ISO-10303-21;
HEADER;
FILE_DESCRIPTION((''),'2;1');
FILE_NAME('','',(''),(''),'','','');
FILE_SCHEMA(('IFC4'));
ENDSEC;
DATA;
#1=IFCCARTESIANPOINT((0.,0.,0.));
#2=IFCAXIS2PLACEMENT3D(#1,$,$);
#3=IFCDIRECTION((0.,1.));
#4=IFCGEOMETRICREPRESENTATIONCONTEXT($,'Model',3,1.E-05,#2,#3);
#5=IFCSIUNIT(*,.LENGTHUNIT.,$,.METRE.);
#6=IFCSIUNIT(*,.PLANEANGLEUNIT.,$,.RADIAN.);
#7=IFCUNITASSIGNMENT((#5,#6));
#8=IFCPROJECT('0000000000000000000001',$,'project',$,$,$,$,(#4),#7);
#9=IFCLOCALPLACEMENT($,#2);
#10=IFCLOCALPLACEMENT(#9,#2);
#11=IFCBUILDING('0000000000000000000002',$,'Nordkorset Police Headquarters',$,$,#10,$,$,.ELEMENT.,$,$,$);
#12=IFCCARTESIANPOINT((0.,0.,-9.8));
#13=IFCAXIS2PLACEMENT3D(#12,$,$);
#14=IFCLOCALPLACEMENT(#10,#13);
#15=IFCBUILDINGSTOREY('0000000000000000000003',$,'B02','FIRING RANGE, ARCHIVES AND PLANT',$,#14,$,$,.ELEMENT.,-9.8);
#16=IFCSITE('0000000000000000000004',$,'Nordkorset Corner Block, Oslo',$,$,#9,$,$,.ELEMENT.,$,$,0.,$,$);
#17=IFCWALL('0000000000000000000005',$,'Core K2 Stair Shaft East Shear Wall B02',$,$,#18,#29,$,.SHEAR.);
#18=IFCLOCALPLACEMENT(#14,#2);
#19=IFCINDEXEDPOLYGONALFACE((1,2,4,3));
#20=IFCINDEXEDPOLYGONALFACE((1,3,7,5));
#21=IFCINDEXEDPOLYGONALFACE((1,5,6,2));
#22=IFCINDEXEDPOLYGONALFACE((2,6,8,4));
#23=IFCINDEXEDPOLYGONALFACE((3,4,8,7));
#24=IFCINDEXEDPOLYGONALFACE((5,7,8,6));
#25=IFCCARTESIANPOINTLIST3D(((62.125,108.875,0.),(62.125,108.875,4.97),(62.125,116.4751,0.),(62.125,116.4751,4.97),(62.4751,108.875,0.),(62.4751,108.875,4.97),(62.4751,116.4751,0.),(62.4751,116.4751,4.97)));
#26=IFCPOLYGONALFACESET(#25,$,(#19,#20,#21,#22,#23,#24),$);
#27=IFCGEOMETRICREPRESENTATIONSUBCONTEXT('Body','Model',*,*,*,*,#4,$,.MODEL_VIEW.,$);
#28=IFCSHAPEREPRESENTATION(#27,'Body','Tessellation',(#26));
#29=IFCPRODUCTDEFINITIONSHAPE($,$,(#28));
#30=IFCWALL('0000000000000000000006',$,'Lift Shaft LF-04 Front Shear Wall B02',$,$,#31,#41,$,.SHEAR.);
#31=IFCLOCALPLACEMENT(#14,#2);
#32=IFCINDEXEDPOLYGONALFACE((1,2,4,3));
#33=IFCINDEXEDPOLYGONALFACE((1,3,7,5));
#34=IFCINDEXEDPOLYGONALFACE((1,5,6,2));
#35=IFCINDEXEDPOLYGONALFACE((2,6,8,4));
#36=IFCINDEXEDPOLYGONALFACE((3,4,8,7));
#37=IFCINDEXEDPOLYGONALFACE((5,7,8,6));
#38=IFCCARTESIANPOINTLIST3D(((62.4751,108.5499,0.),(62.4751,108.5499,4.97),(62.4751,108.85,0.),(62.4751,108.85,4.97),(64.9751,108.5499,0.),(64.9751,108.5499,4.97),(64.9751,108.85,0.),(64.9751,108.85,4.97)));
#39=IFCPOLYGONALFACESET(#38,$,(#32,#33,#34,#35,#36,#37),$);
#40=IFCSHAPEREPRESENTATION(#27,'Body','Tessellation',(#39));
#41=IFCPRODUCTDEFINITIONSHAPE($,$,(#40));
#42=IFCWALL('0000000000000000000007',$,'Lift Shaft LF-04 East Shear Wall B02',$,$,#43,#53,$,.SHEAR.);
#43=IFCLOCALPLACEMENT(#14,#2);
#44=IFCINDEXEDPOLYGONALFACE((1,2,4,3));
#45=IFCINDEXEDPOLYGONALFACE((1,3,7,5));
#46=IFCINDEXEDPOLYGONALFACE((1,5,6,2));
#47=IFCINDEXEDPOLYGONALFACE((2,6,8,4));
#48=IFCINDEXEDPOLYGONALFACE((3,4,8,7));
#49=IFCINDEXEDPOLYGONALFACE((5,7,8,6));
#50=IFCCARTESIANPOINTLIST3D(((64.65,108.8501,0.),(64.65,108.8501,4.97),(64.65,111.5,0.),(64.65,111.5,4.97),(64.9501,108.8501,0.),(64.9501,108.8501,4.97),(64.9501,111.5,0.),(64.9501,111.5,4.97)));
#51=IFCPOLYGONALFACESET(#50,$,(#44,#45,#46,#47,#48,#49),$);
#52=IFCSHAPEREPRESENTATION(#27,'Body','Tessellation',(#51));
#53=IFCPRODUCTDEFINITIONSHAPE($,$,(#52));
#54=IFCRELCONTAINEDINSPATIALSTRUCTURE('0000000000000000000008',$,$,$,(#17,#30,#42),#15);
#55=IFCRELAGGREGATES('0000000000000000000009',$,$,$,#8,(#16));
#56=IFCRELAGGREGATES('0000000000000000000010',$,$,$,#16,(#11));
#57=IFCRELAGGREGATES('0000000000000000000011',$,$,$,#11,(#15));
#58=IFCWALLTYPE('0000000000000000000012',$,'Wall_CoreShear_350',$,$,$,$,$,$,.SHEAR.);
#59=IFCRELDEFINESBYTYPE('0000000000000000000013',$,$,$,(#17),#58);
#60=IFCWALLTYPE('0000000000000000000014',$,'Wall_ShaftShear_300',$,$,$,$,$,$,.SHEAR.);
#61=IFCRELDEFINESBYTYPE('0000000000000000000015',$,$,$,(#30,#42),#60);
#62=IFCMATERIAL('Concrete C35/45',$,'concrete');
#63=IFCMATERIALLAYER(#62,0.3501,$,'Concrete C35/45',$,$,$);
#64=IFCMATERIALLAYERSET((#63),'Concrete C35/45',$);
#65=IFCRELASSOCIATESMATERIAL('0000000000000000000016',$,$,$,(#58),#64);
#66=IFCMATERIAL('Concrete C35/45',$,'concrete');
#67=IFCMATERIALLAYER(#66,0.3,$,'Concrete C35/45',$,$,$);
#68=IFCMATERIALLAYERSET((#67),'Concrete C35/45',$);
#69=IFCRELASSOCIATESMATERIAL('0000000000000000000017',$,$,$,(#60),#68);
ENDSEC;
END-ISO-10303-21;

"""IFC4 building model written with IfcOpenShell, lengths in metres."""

from ifc_helpers import new_model, si_unit, direction, frame, frame_2d, origin, place, context, subcontext, project, spatial, rectangle, extrude, material, layer, layer_set, type_object, element, save


model = new_model("IFC4")

# Units and contexts
model_context = context("Model", 3, precision=1e-05, world=origin(), true_north=direction((0.0, 1.0)))
body_context = subcontext(model_context, "Body", "Model", "MODEL_VIEW")
ifc_project = project(units=[si_unit("LENGTHUNIT", "METRE"), si_unit("PLANEANGLEUNIT", "RADIAN")], contexts=[model_context])

# Site, building, storey
site_placement = place(None, origin())
site = spatial("IfcSite", under=ifc_project, at=site_placement, Name="Nordkorset Corner Block, Oslo", CompositionType="ELEMENT", RefElevation=0.0)
building_placement = place(site_placement, origin())
building = spatial("IfcBuilding", under=site, at=building_placement, Name="Nordkorset Police Headquarters", CompositionType="ELEMENT")
storey_placement = place(building_placement, frame((0.0, 0.0, -9.8)))
storey = spatial("IfcBuildingStorey", under=building, at=storey_placement, Name="B02", Description="FIRING RANGE, ARCHIVES AND PLANT", CompositionType="ELEMENT", Elevation=-9.8)

# Walls
ifc_material_1 = material(Name="Concrete C35/45", Category="concrete")
ifc_layer_1 = layer(ifc_material_1, 0.3501, Name="Concrete C35/45")
ifc_layer_set_1 = layer_set([ifc_layer_1], Name="Concrete C35/45")
wall_type_1 = type_object("IfcWallType", Name="Wall_CoreShear_350", PredefinedType="SHEAR", material=ifc_layer_set_1)
for number, where, z_axis, x_axis, name in (
    (1, (62.3, 108.875, 0.0), (0.0, 0.0, 1.0), (0.0, 1.0, 0.0), "Core K2 Stair Shaft East Shear Wall B02"),
):
    element("IfcWall", number, at=place(storey_placement, frame(where, z_axis=z_axis, x_axis=x_axis)), inside=storey, type_object=wall_type_1, Name=name, PredefinedType="SHEAR", context=body_context, shape_type="SweptSolid", body=[
        extrude(rectangle(XDim=7.6001, YDim=0.3501, at=frame_2d((3.8, 0.0))), origin(), (0.0, 0.0, 1.0), 4.97),
    ])
ifc_material_2 = material(Name="Concrete C35/45", Category="concrete")
ifc_layer_2 = layer(ifc_material_2, 0.3, Name="Concrete C35/45")
ifc_layer_set_2 = layer_set([ifc_layer_2], Name="Concrete C35/45")
wall_type_2 = type_object("IfcWallType", Name="Wall_ShaftShear_300", PredefinedType="SHEAR", material=ifc_layer_set_2)
wall_1_placement = place(storey_placement, frame((62.4751, 108.7, 0.0), z_axis=(0.0, 0.0, 1.0), x_axis=(1.0, 0.0, 0.0)))
element("IfcWall", 2, at=wall_1_placement, inside=storey, type_object=wall_type_2, Name="Lift Shaft LF-04 Front Shear Wall B02", PredefinedType="SHEAR", context=body_context, shape_type="SweptSolid", body=[
    extrude(rectangle(XDim=2.5, YDim=0.3, at=frame_2d((1.25, 0.0))), origin(), (0.0, 0.0, 1.0), 4.97),
])
wall_2_placement = place(storey_placement, frame((64.8, 108.8501, 0.0), z_axis=(0.0, 0.0, 1.0), x_axis=(0.0, 1.0, 0.0)))
element("IfcWall", 3, at=wall_2_placement, inside=storey, type_object=wall_type_2, Name="Lift Shaft LF-04 East Shear Wall B02", PredefinedType="SHEAR", context=body_context, shape_type="SweptSolid", body=[
    extrude(rectangle(XDim=2.6499, YDim=0.3, at=frame_2d((1.325, 0.0))), origin(), (0.0, 0.0, 1.0), 4.97),
])

save(model, "model.ifc")
